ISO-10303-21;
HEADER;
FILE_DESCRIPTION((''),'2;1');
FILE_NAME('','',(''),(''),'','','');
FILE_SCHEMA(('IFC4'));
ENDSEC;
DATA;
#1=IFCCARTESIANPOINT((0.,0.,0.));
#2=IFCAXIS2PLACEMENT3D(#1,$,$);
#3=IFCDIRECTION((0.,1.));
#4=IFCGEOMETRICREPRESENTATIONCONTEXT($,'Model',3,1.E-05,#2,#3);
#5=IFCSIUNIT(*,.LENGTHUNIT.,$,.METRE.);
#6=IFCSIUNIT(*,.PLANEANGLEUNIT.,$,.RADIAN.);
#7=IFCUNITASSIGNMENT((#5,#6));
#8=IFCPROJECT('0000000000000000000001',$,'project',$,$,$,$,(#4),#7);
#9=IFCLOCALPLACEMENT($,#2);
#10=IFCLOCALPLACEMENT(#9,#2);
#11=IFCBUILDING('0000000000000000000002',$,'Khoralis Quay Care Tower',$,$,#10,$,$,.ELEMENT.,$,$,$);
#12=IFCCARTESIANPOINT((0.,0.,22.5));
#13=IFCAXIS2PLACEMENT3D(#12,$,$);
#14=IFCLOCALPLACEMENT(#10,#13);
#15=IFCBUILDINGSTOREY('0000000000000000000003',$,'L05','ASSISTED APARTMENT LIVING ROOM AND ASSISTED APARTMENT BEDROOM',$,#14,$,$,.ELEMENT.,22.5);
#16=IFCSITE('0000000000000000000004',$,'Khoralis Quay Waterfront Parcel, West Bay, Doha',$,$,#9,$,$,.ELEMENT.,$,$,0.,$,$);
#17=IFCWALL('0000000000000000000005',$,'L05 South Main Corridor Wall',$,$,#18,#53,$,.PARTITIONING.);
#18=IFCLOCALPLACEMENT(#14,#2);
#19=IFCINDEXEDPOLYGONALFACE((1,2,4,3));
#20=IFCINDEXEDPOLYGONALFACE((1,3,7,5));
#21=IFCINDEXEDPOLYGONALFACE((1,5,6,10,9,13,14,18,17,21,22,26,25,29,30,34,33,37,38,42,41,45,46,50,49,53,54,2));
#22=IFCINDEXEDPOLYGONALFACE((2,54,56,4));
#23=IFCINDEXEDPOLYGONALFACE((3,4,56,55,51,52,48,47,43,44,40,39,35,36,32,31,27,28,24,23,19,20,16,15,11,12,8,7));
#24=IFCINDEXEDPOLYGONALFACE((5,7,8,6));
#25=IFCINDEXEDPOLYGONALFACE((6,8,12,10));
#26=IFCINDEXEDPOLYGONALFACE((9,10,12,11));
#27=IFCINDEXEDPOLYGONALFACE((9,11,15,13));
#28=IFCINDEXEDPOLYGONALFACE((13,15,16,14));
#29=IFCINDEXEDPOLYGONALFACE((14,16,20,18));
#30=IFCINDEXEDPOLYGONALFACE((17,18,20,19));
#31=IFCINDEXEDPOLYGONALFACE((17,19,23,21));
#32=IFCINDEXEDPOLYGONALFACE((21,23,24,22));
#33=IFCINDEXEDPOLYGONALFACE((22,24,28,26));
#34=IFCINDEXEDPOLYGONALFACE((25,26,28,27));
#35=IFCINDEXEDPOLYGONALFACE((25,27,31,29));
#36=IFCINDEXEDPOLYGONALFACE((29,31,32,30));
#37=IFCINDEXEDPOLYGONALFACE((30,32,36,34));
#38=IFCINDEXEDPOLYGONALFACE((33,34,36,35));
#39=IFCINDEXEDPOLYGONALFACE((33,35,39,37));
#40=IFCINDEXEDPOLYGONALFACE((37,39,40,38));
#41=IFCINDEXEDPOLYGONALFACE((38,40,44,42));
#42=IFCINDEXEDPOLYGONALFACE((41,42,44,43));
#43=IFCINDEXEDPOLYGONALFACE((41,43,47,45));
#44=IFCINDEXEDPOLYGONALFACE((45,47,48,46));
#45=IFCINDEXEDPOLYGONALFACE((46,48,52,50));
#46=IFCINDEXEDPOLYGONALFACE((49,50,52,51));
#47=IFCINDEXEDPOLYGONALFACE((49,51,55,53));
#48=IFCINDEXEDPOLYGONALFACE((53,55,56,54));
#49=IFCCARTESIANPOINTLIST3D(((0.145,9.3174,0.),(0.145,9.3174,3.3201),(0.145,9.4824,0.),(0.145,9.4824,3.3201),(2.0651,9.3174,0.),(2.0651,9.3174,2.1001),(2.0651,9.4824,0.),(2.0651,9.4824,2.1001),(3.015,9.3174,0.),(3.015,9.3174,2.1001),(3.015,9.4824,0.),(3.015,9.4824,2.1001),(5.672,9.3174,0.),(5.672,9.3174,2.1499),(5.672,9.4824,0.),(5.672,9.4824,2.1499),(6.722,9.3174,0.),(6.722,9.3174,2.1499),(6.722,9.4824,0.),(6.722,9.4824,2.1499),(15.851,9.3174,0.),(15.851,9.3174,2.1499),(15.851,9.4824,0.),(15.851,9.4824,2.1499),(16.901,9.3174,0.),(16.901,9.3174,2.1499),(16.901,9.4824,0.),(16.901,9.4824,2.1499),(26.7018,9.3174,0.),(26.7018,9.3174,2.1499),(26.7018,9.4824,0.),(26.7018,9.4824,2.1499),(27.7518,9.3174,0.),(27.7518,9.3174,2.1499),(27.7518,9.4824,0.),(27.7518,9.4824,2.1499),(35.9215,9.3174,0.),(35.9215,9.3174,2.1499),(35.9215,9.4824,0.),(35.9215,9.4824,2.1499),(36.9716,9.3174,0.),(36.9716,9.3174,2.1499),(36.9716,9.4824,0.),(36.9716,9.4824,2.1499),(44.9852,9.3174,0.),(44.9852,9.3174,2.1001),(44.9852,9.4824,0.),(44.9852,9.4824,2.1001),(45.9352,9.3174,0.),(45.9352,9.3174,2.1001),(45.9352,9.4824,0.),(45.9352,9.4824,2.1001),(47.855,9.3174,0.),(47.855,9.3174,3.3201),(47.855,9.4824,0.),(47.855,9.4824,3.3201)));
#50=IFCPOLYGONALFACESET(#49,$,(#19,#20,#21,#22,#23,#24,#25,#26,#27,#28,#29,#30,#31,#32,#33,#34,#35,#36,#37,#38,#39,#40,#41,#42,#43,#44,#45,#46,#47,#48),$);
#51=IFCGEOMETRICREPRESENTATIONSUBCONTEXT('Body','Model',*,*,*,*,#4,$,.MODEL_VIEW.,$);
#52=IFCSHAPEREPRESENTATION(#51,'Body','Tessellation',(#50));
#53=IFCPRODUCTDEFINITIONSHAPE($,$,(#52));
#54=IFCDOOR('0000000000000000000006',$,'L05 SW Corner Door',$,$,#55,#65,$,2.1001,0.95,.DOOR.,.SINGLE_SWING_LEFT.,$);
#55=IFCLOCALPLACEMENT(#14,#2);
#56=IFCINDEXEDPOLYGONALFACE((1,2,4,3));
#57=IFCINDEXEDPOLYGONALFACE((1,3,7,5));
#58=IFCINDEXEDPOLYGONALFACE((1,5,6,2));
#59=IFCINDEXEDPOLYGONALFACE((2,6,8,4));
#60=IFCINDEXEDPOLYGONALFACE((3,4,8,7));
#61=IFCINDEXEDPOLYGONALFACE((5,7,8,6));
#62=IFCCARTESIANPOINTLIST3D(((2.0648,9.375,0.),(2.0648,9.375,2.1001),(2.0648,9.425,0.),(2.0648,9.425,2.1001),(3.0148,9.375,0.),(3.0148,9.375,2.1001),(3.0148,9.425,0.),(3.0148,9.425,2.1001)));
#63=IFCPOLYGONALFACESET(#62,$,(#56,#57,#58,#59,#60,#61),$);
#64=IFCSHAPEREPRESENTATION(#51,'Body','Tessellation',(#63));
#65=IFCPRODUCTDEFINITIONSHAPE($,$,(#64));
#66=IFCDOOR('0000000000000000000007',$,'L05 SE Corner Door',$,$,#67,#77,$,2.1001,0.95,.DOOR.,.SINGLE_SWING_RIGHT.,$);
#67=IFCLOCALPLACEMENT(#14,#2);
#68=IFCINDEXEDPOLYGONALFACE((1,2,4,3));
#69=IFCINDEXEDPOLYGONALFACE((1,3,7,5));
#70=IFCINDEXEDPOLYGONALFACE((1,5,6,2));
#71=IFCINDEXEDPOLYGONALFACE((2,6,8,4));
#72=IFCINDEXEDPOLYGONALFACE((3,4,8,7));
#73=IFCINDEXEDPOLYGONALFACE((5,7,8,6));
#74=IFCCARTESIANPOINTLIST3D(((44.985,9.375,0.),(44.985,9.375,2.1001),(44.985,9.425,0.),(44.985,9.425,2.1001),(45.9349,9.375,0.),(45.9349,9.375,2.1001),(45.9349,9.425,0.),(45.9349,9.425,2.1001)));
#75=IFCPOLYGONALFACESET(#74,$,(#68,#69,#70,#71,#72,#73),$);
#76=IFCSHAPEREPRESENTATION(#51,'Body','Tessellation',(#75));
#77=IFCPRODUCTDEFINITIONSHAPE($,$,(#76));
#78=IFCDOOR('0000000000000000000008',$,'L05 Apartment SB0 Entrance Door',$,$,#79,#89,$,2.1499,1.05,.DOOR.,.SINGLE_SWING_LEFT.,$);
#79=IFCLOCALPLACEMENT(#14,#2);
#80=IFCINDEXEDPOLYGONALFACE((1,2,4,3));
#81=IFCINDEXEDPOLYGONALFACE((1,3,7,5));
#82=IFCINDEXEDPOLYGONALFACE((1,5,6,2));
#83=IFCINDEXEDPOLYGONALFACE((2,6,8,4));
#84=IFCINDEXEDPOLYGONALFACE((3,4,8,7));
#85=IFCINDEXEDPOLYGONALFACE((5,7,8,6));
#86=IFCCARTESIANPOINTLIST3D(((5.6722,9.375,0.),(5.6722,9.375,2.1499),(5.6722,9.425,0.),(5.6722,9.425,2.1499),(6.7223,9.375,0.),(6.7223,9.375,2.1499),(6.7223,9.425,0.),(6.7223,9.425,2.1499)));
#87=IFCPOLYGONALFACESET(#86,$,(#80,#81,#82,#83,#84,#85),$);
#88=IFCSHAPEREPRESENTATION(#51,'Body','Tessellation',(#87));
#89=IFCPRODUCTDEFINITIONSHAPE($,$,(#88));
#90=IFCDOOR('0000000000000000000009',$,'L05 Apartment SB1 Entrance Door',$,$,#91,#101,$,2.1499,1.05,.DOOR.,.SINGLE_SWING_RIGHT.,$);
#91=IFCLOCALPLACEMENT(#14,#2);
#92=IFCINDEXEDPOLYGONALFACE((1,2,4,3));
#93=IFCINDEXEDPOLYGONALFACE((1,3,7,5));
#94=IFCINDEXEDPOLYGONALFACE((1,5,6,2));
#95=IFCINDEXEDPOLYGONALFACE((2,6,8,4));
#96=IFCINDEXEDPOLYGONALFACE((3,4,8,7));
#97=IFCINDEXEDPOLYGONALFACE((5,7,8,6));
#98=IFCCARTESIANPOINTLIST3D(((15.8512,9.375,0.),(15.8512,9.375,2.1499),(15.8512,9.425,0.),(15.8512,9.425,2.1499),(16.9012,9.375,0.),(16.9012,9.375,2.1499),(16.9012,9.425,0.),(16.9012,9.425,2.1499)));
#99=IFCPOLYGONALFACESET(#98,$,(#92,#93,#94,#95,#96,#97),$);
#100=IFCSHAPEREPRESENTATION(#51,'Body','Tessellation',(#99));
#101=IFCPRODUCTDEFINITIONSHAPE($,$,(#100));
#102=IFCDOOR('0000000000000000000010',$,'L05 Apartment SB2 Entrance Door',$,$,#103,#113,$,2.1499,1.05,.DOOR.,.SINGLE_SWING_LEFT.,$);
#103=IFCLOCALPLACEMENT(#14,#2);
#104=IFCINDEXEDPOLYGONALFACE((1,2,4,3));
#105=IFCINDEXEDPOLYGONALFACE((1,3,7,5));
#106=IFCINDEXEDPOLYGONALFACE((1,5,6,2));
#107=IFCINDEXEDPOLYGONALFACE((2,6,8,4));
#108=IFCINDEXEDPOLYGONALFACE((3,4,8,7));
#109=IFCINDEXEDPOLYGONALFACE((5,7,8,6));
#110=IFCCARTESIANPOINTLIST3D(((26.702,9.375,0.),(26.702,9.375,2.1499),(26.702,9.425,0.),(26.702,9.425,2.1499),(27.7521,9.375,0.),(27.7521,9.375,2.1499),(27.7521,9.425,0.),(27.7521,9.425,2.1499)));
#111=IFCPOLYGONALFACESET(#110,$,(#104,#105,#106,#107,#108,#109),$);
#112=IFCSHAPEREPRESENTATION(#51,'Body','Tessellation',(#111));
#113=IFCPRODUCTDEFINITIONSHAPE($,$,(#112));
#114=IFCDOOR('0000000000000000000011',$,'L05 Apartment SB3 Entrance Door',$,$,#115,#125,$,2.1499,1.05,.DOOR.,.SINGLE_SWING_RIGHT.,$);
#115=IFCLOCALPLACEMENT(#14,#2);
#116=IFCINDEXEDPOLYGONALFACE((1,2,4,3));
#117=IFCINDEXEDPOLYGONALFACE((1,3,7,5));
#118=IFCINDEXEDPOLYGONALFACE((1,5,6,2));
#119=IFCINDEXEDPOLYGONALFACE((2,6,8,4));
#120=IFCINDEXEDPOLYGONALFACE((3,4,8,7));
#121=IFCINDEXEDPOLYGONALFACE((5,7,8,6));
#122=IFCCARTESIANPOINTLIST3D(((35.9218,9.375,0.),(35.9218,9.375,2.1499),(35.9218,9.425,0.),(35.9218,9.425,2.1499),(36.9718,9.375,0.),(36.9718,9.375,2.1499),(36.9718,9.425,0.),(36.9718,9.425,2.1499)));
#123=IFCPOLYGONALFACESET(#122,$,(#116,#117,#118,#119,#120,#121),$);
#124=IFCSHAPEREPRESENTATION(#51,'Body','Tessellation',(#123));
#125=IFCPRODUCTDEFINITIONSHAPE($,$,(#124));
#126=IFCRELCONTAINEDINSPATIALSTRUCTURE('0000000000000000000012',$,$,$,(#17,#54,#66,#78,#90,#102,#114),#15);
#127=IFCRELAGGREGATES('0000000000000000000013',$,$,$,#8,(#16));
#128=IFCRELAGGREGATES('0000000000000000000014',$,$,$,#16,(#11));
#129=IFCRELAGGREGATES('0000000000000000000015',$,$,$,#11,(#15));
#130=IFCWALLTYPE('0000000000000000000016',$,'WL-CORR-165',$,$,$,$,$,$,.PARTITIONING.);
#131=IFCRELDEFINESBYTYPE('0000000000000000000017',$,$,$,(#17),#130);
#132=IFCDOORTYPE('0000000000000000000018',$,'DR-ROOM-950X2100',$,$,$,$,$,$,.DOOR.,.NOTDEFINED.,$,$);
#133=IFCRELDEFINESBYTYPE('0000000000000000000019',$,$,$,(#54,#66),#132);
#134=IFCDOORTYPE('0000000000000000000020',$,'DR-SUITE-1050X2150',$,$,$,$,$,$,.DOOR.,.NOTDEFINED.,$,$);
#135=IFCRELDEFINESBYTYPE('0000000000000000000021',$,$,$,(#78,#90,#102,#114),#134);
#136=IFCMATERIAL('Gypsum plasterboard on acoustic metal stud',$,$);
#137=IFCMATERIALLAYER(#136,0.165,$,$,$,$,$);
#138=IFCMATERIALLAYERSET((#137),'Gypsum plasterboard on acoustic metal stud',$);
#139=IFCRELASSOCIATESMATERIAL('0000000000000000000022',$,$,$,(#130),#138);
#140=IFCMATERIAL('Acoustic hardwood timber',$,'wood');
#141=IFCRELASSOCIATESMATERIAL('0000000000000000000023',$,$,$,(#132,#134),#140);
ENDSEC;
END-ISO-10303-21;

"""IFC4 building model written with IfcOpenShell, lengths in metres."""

from ifc_helpers import new_model, si_unit, direction, frame, frame_2d, origin, place, context, subcontext, project, spatial, rectangle, extrude, source, transform, mapped, material, layer, layer_set, type_object, element, fill, save


model = new_model("IFC4")

# Units and contexts
model_context = context("Model", 3, precision=1e-05, world=origin(), true_north=direction((0.0, 1.0)))
body_context = subcontext(model_context, "Body", "Model", "MODEL_VIEW")
ifc_project = project(units=[si_unit("LENGTHUNIT", "METRE"), si_unit("PLANEANGLEUNIT", "RADIAN")], contexts=[model_context])

# Site, building, storey
site_placement = place(None, origin())
site = spatial("IfcSite", under=ifc_project, at=site_placement, Name="Khoralis Quay Waterfront Parcel, West Bay, Doha", CompositionType="ELEMENT", RefElevation=0.0)
building_placement = place(site_placement, origin())
building = spatial("IfcBuilding", under=site, at=building_placement, Name="Khoralis Quay Care Tower", CompositionType="ELEMENT")
storey_placement = place(building_placement, frame((0.0, 0.0, 22.5)))
storey = spatial("IfcBuildingStorey", under=building, at=storey_placement, Name="L05", Description="ASSISTED APARTMENT LIVING ROOM AND ASSISTED APARTMENT BEDROOM", CompositionType="ELEMENT", Elevation=22.5)

# Wall, openings, doors
ifc_material_1 = material(Name="Gypsum plasterboard on acoustic metal stud")
ifc_layer_1 = layer(ifc_material_1, 0.165)
ifc_layer_set_1 = layer_set([ifc_layer_1], Name="Gypsum plasterboard on acoustic metal stud")
wall_type_1 = type_object("IfcWallType", Name="WL-CORR-165", PredefinedType="PARTITIONING", material=ifc_layer_set_1)
wall_1_placement = place(storey_placement, frame((0.145, 9.3999, 0.0), z_axis=(0.0, 0.0, 1.0), x_axis=(1.0, 0.0, 0.0)))
wall_1 = element("IfcWall", 1, at=wall_1_placement, inside=storey, type_object=wall_type_1, Name="L05 South Main Corridor Wall", PredefinedType="PARTITIONING", context=body_context, shape_type="SweptSolid", body=[
    extrude(rectangle(XDim=47.71, YDim=0.165, at=frame_2d((23.855, 0.0))), origin(), (0.0, 0.0, 1.0), 3.3201),
])
opening_1_placement = place(wall_1_placement, frame((5.5271, 0.0, 0.0)))
opening_1 = element("IfcOpeningElement", 2, at=opening_1_placement, cuts=wall_1, PredefinedType="OPENING", context=body_context, shape_type="SweptSolid", body=[
    extrude(rectangle(XDim=1.05, YDim=2.1499, at=frame_2d((0.5249, 1.075))), frame((0.0, 0.0925, 0.0), z_axis=(0.0, -1.0, 0.0), x_axis=(1.0, 0.0, 0.0)), (0.0, 0.0, 1.0), 0.1851),
])
opening_2_placement = place(wall_1_placement, frame((15.7061, 0.0, 0.0)))
opening_2 = element("IfcOpeningElement", 3, at=opening_2_placement, cuts=wall_1, PredefinedType="OPENING", context=body_context, shape_type="SweptSolid", body=[
    extrude(rectangle(XDim=1.05, YDim=2.1499, at=frame_2d((0.5249, 1.075))), frame((0.0, 0.0925, 0.0), z_axis=(0.0, -1.0, 0.0), x_axis=(1.0, 0.0, 0.0)), (0.0, 0.0, 1.0), 0.1851),
])
opening_3_placement = place(wall_1_placement, frame((26.5569, 0.0, 0.0)))
opening_3 = element("IfcOpeningElement", 4, at=opening_3_placement, cuts=wall_1, PredefinedType="OPENING", context=body_context, shape_type="SweptSolid", body=[
    extrude(rectangle(XDim=1.05, YDim=2.1499, at=frame_2d((0.5249, 1.075))), frame((0.0, 0.0925, 0.0), z_axis=(0.0, -1.0, 0.0), x_axis=(1.0, 0.0, 0.0)), (0.0, 0.0, 1.0), 0.1851),
])
opening_4_placement = place(wall_1_placement, frame((35.7766, 0.0, 0.0)))
opening_4 = element("IfcOpeningElement", 5, at=opening_4_placement, cuts=wall_1, PredefinedType="OPENING", context=body_context, shape_type="SweptSolid", body=[
    extrude(rectangle(XDim=1.05, YDim=2.1499, at=frame_2d((0.5249, 1.075))), frame((0.0, 0.0925, 0.0), z_axis=(0.0, -1.0, 0.0), x_axis=(1.0, 0.0, 0.0)), (0.0, 0.0, 1.0), 0.1851),
])
opening_5_placement = place(wall_1_placement, frame((1.9199, 0.0, 0.0)))
opening_5 = element("IfcOpeningElement", 6, at=opening_5_placement, cuts=wall_1, PredefinedType="OPENING", context=body_context, shape_type="SweptSolid", body=[
    extrude(rectangle(XDim=0.95, YDim=2.1001, at=frame_2d((0.4751, 1.05))), frame((0.0, 0.0925, 0.0), z_axis=(0.0, -1.0, 0.0), x_axis=(1.0, 0.0, 0.0)), (0.0, 0.0, 1.0), 0.1851),
])
opening_6_placement = place(wall_1_placement, frame((44.8401, 0.0, 0.0)))
opening_6 = element("IfcOpeningElement", 7, at=opening_6_placement, cuts=wall_1, PredefinedType="OPENING", context=body_context, shape_type="SweptSolid", body=[
    extrude(rectangle(XDim=0.95, YDim=2.1001, at=frame_2d((0.4751, 1.05))), frame((0.0, 0.0925, 0.0), z_axis=(0.0, -1.0, 0.0), x_axis=(1.0, 0.0, 0.0)), (0.0, 0.0, 1.0), 0.1851),
])
ifc_material_2 = material(Name="Acoustic hardwood timber", Category="wood")
door_type_1 = type_object("IfcDoorType", Name="DR-ROOM-950X2100", OperationType="NOTDEFINED", PredefinedType="DOOR", material=ifc_material_2)
shared_shape_1 = source(origin(), body_context, "Body", "SweptSolid", [
    extrude(rectangle(XDim=0.95, YDim=2.1001, at=frame_2d((0.4751, 1.05))), frame((0.0, 0.0249, 0.0), z_axis=(0.0, -1.0, 0.0), x_axis=(1.0, 0.0, 0.0)), (0.0, 0.0, 1.0), 0.05),
])
door_1_placement = place(opening_5_placement, frame((0.95, 0.0, 0.0), z_axis=(0.0, 0.0, 1.0), x_axis=(-1.0, 0.0, 0.0)))
door_1 = element("IfcDoor", 8, at=door_1_placement, inside=storey, type_object=door_type_1, Name="L05 SW Corner Door", OperationType="SINGLE_SWING_LEFT", OverallHeight=2.1001, OverallWidth=0.95, PredefinedType="DOOR", context=body_context, shape_type="MappedRepresentation", body=[
    mapped(shared_shape_1, transform((0.0, 0.0, 0.0), scale=1.0)),
])
fill(opening_5, door_1)
door_2_placement = place(opening_6_placement, frame((0.95, 0.0, 0.0), z_axis=(0.0, 0.0, 1.0), x_axis=(-1.0, 0.0, 0.0)))
door_2 = element("IfcDoor", 9, at=door_2_placement, inside=storey, type_object=door_type_1, Name="L05 SE Corner Door", OperationType="SINGLE_SWING_RIGHT", OverallHeight=2.1001, OverallWidth=0.95, PredefinedType="DOOR", context=body_context, shape_type="MappedRepresentation", body=[
    mapped(shared_shape_1, transform((0.0, 0.0, 0.0), scale=1.0)),
])
fill(opening_6, door_2)
door_type_2 = type_object("IfcDoorType", Name="DR-SUITE-1050X2150", OperationType="NOTDEFINED", PredefinedType="DOOR", material=ifc_material_2)
shared_shape_2 = source(origin(), body_context, "Body", "SweptSolid", [
    extrude(rectangle(XDim=1.05, YDim=2.1499, at=frame_2d((0.5249, 1.075))), frame((0.0, 0.0249, 0.0), z_axis=(0.0, -1.0, 0.0), x_axis=(1.0, 0.0, 0.0)), (0.0, 0.0, 1.0), 0.05),
])
door_3_placement = place(opening_1_placement, frame((1.05, 0.0, 0.0), z_axis=(0.0, 0.0, 1.0), x_axis=(-1.0, 0.0, 0.0)))
door_3 = element("IfcDoor", 10, at=door_3_placement, inside=storey, type_object=door_type_2, Name="L05 Apartment SB0 Entrance Door", OperationType="SINGLE_SWING_LEFT", OverallHeight=2.1499, OverallWidth=1.05, PredefinedType="DOOR", context=body_context, shape_type="MappedRepresentation", body=[
    mapped(shared_shape_2, transform((0.0, 0.0, 0.0), scale=1.0)),
])
fill(opening_1, door_3)
door_4_placement = place(opening_2_placement, frame((1.05, 0.0, 0.0), z_axis=(0.0, 0.0, 1.0), x_axis=(-1.0, 0.0, 0.0)))
door_4 = element("IfcDoor", 11, at=door_4_placement, inside=storey, type_object=door_type_2, Name="L05 Apartment SB1 Entrance Door", OperationType="SINGLE_SWING_RIGHT", OverallHeight=2.1499, OverallWidth=1.05, PredefinedType="DOOR", context=body_context, shape_type="MappedRepresentation", body=[
    mapped(shared_shape_2, transform((0.0, 0.0, 0.0), scale=1.0)),
])
fill(opening_2, door_4)
door_5_placement = place(opening_3_placement, frame((1.05, 0.0, 0.0), z_axis=(0.0, 0.0, 1.0), x_axis=(-1.0, 0.0, 0.0)))
door_5 = element("IfcDoor", 12, at=door_5_placement, inside=storey, type_object=door_type_2, Name="L05 Apartment SB2 Entrance Door", OperationType="SINGLE_SWING_LEFT", OverallHeight=2.1499, OverallWidth=1.05, PredefinedType="DOOR", context=body_context, shape_type="MappedRepresentation", body=[
    mapped(shared_shape_2, transform((0.0, 0.0, 0.0), scale=1.0)),
])
fill(opening_3, door_5)
door_6_placement = place(opening_4_placement, frame((1.05, 0.0, 0.0), z_axis=(0.0, 0.0, 1.0), x_axis=(-1.0, 0.0, 0.0)))
door_6 = element("IfcDoor", 13, at=door_6_placement, inside=storey, type_object=door_type_2, Name="L05 Apartment SB3 Entrance Door", OperationType="SINGLE_SWING_RIGHT", OverallHeight=2.1499, OverallWidth=1.05, PredefinedType="DOOR", context=body_context, shape_type="MappedRepresentation", body=[
    mapped(shared_shape_2, transform((0.0, 0.0, 0.0), scale=1.0)),
])
fill(opening_4, door_6)

save(model, "model.ifc")
